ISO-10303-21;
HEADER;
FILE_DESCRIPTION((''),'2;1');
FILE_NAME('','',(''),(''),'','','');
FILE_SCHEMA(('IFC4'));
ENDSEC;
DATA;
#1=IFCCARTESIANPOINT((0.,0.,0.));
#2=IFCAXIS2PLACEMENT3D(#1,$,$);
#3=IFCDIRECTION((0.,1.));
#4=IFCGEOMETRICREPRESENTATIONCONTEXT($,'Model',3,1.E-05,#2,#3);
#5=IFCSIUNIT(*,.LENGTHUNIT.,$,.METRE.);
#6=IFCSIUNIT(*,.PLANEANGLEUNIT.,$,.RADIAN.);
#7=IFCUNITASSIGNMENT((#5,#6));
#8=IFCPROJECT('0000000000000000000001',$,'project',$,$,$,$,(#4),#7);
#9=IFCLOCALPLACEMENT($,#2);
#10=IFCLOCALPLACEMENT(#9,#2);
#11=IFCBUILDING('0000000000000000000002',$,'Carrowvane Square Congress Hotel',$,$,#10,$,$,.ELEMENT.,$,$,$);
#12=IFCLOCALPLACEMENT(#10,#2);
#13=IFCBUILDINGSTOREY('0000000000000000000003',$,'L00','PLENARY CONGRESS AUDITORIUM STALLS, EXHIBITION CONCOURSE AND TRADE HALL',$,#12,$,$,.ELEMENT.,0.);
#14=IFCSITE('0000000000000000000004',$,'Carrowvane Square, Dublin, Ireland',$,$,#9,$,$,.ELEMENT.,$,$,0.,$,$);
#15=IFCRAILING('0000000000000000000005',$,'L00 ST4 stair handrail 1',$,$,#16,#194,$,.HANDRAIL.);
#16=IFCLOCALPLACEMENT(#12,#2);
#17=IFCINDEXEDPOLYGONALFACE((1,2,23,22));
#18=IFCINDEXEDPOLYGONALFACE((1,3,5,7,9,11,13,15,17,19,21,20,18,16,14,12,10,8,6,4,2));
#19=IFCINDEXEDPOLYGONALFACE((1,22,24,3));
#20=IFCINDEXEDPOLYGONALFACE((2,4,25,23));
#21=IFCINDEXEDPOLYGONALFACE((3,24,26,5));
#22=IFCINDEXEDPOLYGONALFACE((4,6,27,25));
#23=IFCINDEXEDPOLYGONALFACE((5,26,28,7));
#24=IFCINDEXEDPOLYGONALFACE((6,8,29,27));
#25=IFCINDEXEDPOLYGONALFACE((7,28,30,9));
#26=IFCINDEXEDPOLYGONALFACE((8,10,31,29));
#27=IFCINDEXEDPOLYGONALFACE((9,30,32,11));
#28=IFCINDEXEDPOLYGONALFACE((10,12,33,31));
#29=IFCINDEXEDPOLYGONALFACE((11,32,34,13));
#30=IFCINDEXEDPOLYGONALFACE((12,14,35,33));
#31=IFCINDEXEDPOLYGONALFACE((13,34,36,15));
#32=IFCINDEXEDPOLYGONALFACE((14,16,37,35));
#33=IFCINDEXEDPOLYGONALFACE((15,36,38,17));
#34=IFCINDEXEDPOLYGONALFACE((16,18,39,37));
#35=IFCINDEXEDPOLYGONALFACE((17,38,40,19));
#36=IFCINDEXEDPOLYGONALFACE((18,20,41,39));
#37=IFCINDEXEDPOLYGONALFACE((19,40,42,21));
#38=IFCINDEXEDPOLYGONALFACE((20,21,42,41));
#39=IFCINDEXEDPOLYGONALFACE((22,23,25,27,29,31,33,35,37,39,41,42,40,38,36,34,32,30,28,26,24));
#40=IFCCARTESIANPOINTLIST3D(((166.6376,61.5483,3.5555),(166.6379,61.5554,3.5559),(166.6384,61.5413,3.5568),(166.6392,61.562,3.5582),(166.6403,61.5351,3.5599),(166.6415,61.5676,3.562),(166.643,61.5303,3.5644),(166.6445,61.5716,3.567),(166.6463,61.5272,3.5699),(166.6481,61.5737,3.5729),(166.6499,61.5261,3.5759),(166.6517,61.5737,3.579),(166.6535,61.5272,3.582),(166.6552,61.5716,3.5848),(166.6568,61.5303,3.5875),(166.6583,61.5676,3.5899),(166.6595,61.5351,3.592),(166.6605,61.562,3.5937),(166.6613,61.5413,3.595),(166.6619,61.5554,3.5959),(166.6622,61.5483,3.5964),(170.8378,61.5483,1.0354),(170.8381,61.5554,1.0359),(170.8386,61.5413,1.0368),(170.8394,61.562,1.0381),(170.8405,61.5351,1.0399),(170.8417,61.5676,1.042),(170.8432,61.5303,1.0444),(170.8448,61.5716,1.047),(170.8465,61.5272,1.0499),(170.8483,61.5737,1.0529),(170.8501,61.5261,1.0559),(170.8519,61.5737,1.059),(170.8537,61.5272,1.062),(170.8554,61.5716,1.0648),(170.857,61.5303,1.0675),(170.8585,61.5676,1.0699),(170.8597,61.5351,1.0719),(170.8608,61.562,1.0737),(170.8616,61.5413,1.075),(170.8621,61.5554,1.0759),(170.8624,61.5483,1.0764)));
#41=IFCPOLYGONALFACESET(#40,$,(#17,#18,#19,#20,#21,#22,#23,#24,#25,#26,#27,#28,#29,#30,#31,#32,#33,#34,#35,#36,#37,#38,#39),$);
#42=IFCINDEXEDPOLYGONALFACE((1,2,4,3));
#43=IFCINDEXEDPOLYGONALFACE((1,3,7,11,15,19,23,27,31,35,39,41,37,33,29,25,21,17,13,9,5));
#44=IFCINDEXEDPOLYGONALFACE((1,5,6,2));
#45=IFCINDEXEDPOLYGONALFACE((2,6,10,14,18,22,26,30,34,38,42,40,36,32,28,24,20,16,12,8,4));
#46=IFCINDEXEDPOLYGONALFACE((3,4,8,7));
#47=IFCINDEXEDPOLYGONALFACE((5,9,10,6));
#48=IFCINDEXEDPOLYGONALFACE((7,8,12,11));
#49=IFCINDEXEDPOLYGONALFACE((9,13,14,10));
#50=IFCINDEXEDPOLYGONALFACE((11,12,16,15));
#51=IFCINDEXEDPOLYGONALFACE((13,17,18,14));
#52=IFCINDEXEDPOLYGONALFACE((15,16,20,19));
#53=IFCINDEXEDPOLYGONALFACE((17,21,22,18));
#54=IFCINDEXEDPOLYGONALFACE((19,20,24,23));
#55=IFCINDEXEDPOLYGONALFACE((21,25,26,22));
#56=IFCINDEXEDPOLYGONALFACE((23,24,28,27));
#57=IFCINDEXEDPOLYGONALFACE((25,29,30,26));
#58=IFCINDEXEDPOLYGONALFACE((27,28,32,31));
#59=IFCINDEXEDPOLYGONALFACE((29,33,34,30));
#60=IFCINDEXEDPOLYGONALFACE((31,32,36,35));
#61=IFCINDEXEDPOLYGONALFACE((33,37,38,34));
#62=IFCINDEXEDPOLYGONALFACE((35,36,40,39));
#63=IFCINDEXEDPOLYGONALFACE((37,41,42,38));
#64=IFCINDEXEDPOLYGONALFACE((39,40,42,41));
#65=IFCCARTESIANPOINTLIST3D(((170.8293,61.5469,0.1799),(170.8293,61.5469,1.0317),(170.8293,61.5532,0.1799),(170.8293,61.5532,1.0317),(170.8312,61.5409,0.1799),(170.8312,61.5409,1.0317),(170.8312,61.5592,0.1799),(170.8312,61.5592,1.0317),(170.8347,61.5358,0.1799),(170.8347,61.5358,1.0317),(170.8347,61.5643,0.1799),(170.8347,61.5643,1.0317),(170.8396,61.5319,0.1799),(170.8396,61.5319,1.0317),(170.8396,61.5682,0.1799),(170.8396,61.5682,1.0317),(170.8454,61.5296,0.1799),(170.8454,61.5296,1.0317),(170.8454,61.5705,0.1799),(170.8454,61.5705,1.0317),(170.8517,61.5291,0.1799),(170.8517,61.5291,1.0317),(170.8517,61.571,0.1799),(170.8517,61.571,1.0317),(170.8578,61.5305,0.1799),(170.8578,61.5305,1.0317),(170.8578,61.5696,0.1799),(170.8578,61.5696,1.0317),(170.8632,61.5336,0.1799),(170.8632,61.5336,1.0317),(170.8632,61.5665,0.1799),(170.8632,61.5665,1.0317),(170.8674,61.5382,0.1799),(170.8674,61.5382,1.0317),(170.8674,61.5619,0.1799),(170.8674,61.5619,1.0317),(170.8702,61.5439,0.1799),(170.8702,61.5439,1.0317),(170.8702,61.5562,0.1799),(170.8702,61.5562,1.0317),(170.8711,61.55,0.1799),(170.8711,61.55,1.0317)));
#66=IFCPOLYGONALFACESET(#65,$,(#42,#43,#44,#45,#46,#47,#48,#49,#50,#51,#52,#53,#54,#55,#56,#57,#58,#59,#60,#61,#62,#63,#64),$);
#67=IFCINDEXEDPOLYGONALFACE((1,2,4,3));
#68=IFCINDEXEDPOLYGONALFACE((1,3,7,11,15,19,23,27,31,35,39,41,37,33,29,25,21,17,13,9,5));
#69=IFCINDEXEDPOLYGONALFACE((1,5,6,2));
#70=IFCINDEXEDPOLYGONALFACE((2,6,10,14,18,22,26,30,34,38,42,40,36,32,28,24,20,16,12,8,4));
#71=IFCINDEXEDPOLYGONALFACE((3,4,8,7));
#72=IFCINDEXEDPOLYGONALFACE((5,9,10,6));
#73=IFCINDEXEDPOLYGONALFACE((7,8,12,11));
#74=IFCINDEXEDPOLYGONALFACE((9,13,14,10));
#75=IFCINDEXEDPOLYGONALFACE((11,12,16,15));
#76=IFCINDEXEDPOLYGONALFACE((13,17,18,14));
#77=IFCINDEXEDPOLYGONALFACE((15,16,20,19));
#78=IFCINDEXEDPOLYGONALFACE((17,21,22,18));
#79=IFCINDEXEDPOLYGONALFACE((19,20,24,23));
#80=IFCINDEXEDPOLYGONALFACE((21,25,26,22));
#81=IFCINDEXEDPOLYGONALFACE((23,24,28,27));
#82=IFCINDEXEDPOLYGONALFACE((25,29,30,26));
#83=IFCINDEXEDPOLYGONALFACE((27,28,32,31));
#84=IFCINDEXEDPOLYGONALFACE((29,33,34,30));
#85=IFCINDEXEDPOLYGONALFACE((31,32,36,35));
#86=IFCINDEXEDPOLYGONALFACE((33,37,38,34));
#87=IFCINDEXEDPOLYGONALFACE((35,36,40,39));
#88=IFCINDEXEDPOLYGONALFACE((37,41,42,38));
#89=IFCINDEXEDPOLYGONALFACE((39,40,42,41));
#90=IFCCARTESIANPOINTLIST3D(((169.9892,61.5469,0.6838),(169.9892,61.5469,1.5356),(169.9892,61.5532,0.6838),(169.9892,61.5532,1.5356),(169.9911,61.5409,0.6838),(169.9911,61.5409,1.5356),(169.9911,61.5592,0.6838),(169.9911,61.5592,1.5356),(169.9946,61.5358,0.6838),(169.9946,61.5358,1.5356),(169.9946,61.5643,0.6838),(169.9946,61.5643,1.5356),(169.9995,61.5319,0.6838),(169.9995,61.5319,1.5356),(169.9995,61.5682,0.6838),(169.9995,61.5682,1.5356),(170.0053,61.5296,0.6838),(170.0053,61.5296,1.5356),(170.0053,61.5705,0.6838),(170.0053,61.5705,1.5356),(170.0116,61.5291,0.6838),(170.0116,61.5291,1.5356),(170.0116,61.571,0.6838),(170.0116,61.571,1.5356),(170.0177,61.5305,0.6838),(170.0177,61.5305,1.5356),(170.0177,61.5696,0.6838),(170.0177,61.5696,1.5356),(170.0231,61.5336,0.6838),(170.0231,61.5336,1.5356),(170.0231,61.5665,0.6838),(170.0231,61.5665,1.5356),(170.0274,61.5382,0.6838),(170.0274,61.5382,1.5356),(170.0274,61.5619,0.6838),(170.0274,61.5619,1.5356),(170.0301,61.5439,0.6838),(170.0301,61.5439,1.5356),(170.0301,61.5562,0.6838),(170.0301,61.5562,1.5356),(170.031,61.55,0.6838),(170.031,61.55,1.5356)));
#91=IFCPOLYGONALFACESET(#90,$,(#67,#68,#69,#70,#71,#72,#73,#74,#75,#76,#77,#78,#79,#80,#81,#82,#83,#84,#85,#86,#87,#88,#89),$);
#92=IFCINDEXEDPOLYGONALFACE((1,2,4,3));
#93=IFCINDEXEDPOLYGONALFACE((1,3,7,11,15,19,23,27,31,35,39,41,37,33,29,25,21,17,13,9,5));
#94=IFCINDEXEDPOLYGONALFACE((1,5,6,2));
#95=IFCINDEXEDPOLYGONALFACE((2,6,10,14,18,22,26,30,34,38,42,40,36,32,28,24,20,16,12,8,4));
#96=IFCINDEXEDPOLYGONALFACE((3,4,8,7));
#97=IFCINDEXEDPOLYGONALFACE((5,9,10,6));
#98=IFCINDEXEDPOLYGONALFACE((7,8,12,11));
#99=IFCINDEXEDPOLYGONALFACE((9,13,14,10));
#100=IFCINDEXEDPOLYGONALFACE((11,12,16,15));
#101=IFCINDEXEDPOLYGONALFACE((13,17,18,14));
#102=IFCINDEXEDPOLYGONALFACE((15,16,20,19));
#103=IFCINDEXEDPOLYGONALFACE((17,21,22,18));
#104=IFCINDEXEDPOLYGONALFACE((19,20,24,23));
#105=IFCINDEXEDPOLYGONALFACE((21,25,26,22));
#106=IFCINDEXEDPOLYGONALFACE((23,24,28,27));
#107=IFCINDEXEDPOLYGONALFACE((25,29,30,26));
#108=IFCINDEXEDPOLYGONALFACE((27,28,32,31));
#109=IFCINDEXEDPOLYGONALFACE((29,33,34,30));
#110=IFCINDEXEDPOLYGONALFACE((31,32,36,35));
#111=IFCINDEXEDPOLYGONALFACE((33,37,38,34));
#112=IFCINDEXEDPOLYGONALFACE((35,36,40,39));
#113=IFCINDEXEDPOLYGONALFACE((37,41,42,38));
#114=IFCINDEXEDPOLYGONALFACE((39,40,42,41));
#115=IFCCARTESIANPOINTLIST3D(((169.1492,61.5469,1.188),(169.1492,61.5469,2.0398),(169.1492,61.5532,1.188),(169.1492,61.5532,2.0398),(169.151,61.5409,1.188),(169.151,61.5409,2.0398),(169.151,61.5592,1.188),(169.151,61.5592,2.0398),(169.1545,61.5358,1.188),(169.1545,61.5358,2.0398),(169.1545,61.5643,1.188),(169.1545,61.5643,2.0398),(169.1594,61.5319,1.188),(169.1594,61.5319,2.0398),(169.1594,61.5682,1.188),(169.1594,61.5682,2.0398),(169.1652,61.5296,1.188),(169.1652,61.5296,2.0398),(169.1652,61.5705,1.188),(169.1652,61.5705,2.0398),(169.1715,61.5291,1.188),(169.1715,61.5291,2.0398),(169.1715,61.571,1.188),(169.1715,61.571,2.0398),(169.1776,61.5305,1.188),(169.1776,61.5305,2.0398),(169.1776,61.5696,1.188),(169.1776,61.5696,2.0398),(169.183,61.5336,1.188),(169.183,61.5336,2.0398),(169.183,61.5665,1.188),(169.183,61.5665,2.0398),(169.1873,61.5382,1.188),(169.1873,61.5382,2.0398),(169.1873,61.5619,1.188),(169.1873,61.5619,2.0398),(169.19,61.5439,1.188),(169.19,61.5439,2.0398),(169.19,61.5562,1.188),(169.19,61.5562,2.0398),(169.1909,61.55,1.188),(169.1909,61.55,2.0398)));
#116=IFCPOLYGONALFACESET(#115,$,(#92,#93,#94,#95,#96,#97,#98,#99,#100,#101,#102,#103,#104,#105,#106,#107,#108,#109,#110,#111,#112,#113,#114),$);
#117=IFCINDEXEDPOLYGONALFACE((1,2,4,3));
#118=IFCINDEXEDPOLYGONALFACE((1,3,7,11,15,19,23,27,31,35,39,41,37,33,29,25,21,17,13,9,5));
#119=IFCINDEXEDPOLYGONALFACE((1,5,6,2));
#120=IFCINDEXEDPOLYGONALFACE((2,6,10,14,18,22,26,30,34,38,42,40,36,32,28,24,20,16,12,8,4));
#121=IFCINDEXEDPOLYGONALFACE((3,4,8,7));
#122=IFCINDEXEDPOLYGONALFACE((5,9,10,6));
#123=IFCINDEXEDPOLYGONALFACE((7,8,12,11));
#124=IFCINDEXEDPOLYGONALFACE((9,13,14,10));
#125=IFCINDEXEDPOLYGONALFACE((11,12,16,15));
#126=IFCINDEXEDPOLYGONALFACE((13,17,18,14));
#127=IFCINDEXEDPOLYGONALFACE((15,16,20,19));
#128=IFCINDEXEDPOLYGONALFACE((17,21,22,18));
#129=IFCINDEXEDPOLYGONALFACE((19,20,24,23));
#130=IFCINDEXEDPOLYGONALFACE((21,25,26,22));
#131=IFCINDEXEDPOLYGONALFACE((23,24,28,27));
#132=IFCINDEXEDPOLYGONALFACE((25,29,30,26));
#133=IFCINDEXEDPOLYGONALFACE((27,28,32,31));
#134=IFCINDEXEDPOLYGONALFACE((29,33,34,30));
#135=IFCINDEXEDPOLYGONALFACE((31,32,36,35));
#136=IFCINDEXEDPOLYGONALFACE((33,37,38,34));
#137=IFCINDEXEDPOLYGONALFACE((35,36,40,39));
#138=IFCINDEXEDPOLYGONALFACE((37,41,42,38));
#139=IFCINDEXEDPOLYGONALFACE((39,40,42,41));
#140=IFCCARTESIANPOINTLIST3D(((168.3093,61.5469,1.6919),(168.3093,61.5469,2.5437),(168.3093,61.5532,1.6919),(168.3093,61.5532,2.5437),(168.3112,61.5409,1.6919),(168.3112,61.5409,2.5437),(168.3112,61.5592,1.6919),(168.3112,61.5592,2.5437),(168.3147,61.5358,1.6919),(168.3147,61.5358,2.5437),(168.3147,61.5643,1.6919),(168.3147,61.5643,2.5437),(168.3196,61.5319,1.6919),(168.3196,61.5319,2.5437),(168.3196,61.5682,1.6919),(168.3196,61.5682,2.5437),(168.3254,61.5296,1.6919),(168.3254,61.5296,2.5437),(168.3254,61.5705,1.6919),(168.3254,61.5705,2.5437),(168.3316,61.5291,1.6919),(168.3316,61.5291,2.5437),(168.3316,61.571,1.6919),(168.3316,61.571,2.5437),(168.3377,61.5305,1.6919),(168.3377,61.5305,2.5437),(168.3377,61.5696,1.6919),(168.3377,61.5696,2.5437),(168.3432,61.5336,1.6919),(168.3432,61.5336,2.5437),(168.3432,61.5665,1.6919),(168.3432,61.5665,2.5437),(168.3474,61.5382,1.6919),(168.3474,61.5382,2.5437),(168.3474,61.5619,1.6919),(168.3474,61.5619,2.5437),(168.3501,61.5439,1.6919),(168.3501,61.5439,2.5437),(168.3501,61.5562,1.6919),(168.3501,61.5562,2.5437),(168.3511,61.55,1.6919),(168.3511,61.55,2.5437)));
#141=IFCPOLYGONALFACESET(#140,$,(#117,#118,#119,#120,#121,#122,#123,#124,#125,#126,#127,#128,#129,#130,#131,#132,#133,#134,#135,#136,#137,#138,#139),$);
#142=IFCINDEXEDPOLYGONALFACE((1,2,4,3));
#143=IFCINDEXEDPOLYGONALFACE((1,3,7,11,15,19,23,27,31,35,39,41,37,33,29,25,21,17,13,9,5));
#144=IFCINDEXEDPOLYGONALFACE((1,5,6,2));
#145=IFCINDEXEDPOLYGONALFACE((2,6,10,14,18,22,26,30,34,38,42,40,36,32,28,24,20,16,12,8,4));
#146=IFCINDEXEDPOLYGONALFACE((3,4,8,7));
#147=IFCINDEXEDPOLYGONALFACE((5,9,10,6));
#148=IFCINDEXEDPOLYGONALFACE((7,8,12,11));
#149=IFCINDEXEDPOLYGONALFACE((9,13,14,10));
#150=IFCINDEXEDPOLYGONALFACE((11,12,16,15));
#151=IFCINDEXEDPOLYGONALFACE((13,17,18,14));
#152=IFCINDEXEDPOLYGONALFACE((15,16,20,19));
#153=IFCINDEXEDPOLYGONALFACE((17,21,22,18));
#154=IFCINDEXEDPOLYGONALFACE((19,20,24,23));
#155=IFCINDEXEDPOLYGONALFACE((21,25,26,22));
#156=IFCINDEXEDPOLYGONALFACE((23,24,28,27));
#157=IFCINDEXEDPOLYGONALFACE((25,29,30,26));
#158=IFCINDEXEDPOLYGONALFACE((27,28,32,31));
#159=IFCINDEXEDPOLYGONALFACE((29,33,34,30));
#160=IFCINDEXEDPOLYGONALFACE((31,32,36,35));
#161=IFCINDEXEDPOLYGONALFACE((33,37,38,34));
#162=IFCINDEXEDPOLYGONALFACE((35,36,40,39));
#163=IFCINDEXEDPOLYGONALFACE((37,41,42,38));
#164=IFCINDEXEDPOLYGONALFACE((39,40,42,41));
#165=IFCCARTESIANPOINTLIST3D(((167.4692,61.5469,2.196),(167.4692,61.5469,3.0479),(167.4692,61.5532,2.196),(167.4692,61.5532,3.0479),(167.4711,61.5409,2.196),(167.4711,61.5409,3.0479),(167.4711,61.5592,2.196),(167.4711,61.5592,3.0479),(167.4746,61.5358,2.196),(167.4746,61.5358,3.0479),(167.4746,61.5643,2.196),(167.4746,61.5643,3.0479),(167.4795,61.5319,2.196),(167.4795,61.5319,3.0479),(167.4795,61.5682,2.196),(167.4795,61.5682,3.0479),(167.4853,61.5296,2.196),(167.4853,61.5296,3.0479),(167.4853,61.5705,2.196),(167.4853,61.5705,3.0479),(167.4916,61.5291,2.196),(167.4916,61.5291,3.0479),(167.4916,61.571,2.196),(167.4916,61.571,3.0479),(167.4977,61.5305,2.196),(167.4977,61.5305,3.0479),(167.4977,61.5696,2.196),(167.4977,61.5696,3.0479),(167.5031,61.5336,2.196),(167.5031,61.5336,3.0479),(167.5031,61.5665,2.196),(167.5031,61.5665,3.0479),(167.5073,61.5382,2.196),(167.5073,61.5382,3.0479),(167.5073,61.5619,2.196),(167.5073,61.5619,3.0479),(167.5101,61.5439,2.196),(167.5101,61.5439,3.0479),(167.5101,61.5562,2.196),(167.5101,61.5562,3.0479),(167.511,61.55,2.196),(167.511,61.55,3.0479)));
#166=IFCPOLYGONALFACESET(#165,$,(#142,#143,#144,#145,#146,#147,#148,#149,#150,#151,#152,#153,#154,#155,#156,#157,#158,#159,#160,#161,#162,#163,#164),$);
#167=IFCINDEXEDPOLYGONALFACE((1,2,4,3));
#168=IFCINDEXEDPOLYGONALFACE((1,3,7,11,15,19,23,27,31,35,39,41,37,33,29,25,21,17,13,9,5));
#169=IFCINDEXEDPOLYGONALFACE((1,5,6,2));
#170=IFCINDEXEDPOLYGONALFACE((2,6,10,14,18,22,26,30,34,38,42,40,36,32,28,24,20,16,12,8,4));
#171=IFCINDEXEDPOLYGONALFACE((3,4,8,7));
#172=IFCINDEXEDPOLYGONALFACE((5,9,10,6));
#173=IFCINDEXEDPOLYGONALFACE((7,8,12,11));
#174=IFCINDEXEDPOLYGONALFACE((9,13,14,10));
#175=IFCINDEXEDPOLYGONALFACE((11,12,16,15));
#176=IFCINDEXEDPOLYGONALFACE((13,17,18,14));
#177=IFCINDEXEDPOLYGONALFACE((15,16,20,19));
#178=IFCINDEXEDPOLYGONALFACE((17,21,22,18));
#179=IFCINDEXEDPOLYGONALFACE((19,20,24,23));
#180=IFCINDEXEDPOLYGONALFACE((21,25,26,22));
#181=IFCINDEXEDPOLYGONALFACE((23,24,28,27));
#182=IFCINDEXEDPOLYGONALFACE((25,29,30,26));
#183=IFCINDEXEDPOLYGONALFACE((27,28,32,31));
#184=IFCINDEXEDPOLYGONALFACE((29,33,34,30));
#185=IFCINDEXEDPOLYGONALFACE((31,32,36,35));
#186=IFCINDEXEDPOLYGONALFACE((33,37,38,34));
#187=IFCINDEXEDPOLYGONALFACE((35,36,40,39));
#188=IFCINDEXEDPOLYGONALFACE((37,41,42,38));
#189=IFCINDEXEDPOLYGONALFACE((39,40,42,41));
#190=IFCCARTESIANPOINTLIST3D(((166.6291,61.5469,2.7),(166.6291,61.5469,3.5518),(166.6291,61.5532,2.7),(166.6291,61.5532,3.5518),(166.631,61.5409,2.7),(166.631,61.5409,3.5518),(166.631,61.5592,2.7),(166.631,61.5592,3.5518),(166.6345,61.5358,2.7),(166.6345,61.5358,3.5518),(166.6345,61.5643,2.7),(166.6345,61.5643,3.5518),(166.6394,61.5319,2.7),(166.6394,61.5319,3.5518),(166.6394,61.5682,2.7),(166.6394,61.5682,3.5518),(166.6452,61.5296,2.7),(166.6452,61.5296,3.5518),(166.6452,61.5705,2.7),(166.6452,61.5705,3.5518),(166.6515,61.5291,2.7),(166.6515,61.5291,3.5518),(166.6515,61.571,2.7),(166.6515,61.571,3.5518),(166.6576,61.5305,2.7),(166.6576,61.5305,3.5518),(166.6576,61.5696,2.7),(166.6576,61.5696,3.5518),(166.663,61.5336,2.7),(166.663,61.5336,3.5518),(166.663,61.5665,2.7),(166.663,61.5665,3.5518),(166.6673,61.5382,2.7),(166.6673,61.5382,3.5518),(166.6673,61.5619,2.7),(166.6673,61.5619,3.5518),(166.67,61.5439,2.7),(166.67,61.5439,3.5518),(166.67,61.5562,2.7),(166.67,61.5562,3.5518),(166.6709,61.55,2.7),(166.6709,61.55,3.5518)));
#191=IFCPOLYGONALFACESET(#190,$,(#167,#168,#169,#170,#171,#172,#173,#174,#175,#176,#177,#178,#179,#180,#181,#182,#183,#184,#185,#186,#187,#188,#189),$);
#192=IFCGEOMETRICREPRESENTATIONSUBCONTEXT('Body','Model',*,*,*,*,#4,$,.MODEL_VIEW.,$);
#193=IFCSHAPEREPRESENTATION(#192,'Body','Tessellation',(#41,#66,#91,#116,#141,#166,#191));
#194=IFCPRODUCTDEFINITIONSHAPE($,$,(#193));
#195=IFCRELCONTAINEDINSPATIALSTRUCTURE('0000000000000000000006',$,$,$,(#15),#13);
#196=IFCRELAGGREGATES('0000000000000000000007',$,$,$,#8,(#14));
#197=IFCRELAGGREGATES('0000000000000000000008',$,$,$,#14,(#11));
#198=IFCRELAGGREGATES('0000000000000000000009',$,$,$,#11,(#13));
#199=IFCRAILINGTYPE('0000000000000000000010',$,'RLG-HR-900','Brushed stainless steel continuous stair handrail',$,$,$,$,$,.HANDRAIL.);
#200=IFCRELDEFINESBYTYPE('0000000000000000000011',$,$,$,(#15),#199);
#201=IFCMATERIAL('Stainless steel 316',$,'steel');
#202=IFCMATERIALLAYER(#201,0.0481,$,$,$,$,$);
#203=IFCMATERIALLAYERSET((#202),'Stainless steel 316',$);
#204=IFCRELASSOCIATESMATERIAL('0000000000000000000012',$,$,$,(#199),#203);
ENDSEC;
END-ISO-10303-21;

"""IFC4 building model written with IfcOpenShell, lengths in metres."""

from ifc_helpers import new_model, si_unit, direction, frame, origin, origin_2d, place, context, subcontext, project, spatial, circle, extrude, material, layer, layer_set, type_object, element, save


model = new_model("IFC4")

# Units and contexts
model_context = context("Model", 3, precision=1e-05, world=origin(), true_north=direction((0.0, 1.0)))
body_context = subcontext(model_context, "Body", "Model", "MODEL_VIEW")
ifc_project = project(units=[si_unit("LENGTHUNIT", "METRE"), si_unit("PLANEANGLEUNIT", "RADIAN")], contexts=[model_context])

# Site, building, storey
site_placement = place(None, origin())
site = spatial("IfcSite", under=ifc_project, at=site_placement, Name="Carrowvane Square, Dublin, Ireland", CompositionType="ELEMENT", RefElevation=0.0)
building_placement = place(site_placement, origin())
building = spatial("IfcBuilding", under=site, at=building_placement, Name="Carrowvane Square Congress Hotel", CompositionType="ELEMENT")
storey_placement = place(building_placement, origin())
storey = spatial("IfcBuildingStorey", under=building, at=storey_placement, Name="L00", Description="PLENARY CONGRESS AUDITORIUM STALLS, EXHIBITION CONCOURSE AND TRADE HALL", CompositionType="ELEMENT", Elevation=0.0)

# Railing
ifc_material_1 = material(Name="Stainless steel 316", Category="steel")
ifc_layer_1 = layer(ifc_material_1, 0.0481)
ifc_layer_set_1 = layer_set([ifc_layer_1], Name="Stainless steel 316")
railing_type = type_object("IfcRailingType", Name="RLG-HR-900", Description="Brushed stainless steel continuous stair handrail", PredefinedType="HANDRAIL", material=ifc_layer_set_1)
railing_placement = place(storey_placement, frame((170.8501, 61.55, 0.1799)))
element("IfcRailing", 1, at=railing_placement, inside=storey, type_object=railing_type, Name="L00 ST4 stair handrail 1", PredefinedType="HANDRAIL", context=body_context, shape_type="SweptSolid", body=[
    extrude(circle(Radius=0.0239, at=origin_2d()), frame((0.0, 0.0, 0.876), z_axis=(-0.857502, 0.0, 0.514481), x_axis=(0.0, -1.0, 0.0)), (0.0, 0.0, 1.0), 4.8982),
    extrude(circle(Radius=0.021, at=origin_2d()), origin(), (0.0, 0.0, 1.0), 0.8518),
    extrude(circle(Radius=0.021, at=origin_2d()), frame((-0.8401, 0.0, 0.5039)), (0.0, 0.0, 1.0), 0.8518),
    extrude(circle(Radius=0.021, at=origin_2d()), frame((-1.6802, 0.0, 1.0081)), (0.0, 0.0, 1.0), 0.8518),
    extrude(circle(Radius=0.021, at=origin_2d()), frame((-2.52, 0.0, 1.512)), (0.0, 0.0, 1.0), 0.8518),
    extrude(circle(Radius=0.021, at=origin_2d()), frame((-3.3601, 0.0, 2.0161)), (0.0, 0.0, 1.0), 0.8518),
    extrude(circle(Radius=0.021, at=origin_2d()), frame((-4.2002, 0.0, 2.52)), (0.0, 0.0, 1.0), 0.8518),
])

save(model, "model.ifc")
